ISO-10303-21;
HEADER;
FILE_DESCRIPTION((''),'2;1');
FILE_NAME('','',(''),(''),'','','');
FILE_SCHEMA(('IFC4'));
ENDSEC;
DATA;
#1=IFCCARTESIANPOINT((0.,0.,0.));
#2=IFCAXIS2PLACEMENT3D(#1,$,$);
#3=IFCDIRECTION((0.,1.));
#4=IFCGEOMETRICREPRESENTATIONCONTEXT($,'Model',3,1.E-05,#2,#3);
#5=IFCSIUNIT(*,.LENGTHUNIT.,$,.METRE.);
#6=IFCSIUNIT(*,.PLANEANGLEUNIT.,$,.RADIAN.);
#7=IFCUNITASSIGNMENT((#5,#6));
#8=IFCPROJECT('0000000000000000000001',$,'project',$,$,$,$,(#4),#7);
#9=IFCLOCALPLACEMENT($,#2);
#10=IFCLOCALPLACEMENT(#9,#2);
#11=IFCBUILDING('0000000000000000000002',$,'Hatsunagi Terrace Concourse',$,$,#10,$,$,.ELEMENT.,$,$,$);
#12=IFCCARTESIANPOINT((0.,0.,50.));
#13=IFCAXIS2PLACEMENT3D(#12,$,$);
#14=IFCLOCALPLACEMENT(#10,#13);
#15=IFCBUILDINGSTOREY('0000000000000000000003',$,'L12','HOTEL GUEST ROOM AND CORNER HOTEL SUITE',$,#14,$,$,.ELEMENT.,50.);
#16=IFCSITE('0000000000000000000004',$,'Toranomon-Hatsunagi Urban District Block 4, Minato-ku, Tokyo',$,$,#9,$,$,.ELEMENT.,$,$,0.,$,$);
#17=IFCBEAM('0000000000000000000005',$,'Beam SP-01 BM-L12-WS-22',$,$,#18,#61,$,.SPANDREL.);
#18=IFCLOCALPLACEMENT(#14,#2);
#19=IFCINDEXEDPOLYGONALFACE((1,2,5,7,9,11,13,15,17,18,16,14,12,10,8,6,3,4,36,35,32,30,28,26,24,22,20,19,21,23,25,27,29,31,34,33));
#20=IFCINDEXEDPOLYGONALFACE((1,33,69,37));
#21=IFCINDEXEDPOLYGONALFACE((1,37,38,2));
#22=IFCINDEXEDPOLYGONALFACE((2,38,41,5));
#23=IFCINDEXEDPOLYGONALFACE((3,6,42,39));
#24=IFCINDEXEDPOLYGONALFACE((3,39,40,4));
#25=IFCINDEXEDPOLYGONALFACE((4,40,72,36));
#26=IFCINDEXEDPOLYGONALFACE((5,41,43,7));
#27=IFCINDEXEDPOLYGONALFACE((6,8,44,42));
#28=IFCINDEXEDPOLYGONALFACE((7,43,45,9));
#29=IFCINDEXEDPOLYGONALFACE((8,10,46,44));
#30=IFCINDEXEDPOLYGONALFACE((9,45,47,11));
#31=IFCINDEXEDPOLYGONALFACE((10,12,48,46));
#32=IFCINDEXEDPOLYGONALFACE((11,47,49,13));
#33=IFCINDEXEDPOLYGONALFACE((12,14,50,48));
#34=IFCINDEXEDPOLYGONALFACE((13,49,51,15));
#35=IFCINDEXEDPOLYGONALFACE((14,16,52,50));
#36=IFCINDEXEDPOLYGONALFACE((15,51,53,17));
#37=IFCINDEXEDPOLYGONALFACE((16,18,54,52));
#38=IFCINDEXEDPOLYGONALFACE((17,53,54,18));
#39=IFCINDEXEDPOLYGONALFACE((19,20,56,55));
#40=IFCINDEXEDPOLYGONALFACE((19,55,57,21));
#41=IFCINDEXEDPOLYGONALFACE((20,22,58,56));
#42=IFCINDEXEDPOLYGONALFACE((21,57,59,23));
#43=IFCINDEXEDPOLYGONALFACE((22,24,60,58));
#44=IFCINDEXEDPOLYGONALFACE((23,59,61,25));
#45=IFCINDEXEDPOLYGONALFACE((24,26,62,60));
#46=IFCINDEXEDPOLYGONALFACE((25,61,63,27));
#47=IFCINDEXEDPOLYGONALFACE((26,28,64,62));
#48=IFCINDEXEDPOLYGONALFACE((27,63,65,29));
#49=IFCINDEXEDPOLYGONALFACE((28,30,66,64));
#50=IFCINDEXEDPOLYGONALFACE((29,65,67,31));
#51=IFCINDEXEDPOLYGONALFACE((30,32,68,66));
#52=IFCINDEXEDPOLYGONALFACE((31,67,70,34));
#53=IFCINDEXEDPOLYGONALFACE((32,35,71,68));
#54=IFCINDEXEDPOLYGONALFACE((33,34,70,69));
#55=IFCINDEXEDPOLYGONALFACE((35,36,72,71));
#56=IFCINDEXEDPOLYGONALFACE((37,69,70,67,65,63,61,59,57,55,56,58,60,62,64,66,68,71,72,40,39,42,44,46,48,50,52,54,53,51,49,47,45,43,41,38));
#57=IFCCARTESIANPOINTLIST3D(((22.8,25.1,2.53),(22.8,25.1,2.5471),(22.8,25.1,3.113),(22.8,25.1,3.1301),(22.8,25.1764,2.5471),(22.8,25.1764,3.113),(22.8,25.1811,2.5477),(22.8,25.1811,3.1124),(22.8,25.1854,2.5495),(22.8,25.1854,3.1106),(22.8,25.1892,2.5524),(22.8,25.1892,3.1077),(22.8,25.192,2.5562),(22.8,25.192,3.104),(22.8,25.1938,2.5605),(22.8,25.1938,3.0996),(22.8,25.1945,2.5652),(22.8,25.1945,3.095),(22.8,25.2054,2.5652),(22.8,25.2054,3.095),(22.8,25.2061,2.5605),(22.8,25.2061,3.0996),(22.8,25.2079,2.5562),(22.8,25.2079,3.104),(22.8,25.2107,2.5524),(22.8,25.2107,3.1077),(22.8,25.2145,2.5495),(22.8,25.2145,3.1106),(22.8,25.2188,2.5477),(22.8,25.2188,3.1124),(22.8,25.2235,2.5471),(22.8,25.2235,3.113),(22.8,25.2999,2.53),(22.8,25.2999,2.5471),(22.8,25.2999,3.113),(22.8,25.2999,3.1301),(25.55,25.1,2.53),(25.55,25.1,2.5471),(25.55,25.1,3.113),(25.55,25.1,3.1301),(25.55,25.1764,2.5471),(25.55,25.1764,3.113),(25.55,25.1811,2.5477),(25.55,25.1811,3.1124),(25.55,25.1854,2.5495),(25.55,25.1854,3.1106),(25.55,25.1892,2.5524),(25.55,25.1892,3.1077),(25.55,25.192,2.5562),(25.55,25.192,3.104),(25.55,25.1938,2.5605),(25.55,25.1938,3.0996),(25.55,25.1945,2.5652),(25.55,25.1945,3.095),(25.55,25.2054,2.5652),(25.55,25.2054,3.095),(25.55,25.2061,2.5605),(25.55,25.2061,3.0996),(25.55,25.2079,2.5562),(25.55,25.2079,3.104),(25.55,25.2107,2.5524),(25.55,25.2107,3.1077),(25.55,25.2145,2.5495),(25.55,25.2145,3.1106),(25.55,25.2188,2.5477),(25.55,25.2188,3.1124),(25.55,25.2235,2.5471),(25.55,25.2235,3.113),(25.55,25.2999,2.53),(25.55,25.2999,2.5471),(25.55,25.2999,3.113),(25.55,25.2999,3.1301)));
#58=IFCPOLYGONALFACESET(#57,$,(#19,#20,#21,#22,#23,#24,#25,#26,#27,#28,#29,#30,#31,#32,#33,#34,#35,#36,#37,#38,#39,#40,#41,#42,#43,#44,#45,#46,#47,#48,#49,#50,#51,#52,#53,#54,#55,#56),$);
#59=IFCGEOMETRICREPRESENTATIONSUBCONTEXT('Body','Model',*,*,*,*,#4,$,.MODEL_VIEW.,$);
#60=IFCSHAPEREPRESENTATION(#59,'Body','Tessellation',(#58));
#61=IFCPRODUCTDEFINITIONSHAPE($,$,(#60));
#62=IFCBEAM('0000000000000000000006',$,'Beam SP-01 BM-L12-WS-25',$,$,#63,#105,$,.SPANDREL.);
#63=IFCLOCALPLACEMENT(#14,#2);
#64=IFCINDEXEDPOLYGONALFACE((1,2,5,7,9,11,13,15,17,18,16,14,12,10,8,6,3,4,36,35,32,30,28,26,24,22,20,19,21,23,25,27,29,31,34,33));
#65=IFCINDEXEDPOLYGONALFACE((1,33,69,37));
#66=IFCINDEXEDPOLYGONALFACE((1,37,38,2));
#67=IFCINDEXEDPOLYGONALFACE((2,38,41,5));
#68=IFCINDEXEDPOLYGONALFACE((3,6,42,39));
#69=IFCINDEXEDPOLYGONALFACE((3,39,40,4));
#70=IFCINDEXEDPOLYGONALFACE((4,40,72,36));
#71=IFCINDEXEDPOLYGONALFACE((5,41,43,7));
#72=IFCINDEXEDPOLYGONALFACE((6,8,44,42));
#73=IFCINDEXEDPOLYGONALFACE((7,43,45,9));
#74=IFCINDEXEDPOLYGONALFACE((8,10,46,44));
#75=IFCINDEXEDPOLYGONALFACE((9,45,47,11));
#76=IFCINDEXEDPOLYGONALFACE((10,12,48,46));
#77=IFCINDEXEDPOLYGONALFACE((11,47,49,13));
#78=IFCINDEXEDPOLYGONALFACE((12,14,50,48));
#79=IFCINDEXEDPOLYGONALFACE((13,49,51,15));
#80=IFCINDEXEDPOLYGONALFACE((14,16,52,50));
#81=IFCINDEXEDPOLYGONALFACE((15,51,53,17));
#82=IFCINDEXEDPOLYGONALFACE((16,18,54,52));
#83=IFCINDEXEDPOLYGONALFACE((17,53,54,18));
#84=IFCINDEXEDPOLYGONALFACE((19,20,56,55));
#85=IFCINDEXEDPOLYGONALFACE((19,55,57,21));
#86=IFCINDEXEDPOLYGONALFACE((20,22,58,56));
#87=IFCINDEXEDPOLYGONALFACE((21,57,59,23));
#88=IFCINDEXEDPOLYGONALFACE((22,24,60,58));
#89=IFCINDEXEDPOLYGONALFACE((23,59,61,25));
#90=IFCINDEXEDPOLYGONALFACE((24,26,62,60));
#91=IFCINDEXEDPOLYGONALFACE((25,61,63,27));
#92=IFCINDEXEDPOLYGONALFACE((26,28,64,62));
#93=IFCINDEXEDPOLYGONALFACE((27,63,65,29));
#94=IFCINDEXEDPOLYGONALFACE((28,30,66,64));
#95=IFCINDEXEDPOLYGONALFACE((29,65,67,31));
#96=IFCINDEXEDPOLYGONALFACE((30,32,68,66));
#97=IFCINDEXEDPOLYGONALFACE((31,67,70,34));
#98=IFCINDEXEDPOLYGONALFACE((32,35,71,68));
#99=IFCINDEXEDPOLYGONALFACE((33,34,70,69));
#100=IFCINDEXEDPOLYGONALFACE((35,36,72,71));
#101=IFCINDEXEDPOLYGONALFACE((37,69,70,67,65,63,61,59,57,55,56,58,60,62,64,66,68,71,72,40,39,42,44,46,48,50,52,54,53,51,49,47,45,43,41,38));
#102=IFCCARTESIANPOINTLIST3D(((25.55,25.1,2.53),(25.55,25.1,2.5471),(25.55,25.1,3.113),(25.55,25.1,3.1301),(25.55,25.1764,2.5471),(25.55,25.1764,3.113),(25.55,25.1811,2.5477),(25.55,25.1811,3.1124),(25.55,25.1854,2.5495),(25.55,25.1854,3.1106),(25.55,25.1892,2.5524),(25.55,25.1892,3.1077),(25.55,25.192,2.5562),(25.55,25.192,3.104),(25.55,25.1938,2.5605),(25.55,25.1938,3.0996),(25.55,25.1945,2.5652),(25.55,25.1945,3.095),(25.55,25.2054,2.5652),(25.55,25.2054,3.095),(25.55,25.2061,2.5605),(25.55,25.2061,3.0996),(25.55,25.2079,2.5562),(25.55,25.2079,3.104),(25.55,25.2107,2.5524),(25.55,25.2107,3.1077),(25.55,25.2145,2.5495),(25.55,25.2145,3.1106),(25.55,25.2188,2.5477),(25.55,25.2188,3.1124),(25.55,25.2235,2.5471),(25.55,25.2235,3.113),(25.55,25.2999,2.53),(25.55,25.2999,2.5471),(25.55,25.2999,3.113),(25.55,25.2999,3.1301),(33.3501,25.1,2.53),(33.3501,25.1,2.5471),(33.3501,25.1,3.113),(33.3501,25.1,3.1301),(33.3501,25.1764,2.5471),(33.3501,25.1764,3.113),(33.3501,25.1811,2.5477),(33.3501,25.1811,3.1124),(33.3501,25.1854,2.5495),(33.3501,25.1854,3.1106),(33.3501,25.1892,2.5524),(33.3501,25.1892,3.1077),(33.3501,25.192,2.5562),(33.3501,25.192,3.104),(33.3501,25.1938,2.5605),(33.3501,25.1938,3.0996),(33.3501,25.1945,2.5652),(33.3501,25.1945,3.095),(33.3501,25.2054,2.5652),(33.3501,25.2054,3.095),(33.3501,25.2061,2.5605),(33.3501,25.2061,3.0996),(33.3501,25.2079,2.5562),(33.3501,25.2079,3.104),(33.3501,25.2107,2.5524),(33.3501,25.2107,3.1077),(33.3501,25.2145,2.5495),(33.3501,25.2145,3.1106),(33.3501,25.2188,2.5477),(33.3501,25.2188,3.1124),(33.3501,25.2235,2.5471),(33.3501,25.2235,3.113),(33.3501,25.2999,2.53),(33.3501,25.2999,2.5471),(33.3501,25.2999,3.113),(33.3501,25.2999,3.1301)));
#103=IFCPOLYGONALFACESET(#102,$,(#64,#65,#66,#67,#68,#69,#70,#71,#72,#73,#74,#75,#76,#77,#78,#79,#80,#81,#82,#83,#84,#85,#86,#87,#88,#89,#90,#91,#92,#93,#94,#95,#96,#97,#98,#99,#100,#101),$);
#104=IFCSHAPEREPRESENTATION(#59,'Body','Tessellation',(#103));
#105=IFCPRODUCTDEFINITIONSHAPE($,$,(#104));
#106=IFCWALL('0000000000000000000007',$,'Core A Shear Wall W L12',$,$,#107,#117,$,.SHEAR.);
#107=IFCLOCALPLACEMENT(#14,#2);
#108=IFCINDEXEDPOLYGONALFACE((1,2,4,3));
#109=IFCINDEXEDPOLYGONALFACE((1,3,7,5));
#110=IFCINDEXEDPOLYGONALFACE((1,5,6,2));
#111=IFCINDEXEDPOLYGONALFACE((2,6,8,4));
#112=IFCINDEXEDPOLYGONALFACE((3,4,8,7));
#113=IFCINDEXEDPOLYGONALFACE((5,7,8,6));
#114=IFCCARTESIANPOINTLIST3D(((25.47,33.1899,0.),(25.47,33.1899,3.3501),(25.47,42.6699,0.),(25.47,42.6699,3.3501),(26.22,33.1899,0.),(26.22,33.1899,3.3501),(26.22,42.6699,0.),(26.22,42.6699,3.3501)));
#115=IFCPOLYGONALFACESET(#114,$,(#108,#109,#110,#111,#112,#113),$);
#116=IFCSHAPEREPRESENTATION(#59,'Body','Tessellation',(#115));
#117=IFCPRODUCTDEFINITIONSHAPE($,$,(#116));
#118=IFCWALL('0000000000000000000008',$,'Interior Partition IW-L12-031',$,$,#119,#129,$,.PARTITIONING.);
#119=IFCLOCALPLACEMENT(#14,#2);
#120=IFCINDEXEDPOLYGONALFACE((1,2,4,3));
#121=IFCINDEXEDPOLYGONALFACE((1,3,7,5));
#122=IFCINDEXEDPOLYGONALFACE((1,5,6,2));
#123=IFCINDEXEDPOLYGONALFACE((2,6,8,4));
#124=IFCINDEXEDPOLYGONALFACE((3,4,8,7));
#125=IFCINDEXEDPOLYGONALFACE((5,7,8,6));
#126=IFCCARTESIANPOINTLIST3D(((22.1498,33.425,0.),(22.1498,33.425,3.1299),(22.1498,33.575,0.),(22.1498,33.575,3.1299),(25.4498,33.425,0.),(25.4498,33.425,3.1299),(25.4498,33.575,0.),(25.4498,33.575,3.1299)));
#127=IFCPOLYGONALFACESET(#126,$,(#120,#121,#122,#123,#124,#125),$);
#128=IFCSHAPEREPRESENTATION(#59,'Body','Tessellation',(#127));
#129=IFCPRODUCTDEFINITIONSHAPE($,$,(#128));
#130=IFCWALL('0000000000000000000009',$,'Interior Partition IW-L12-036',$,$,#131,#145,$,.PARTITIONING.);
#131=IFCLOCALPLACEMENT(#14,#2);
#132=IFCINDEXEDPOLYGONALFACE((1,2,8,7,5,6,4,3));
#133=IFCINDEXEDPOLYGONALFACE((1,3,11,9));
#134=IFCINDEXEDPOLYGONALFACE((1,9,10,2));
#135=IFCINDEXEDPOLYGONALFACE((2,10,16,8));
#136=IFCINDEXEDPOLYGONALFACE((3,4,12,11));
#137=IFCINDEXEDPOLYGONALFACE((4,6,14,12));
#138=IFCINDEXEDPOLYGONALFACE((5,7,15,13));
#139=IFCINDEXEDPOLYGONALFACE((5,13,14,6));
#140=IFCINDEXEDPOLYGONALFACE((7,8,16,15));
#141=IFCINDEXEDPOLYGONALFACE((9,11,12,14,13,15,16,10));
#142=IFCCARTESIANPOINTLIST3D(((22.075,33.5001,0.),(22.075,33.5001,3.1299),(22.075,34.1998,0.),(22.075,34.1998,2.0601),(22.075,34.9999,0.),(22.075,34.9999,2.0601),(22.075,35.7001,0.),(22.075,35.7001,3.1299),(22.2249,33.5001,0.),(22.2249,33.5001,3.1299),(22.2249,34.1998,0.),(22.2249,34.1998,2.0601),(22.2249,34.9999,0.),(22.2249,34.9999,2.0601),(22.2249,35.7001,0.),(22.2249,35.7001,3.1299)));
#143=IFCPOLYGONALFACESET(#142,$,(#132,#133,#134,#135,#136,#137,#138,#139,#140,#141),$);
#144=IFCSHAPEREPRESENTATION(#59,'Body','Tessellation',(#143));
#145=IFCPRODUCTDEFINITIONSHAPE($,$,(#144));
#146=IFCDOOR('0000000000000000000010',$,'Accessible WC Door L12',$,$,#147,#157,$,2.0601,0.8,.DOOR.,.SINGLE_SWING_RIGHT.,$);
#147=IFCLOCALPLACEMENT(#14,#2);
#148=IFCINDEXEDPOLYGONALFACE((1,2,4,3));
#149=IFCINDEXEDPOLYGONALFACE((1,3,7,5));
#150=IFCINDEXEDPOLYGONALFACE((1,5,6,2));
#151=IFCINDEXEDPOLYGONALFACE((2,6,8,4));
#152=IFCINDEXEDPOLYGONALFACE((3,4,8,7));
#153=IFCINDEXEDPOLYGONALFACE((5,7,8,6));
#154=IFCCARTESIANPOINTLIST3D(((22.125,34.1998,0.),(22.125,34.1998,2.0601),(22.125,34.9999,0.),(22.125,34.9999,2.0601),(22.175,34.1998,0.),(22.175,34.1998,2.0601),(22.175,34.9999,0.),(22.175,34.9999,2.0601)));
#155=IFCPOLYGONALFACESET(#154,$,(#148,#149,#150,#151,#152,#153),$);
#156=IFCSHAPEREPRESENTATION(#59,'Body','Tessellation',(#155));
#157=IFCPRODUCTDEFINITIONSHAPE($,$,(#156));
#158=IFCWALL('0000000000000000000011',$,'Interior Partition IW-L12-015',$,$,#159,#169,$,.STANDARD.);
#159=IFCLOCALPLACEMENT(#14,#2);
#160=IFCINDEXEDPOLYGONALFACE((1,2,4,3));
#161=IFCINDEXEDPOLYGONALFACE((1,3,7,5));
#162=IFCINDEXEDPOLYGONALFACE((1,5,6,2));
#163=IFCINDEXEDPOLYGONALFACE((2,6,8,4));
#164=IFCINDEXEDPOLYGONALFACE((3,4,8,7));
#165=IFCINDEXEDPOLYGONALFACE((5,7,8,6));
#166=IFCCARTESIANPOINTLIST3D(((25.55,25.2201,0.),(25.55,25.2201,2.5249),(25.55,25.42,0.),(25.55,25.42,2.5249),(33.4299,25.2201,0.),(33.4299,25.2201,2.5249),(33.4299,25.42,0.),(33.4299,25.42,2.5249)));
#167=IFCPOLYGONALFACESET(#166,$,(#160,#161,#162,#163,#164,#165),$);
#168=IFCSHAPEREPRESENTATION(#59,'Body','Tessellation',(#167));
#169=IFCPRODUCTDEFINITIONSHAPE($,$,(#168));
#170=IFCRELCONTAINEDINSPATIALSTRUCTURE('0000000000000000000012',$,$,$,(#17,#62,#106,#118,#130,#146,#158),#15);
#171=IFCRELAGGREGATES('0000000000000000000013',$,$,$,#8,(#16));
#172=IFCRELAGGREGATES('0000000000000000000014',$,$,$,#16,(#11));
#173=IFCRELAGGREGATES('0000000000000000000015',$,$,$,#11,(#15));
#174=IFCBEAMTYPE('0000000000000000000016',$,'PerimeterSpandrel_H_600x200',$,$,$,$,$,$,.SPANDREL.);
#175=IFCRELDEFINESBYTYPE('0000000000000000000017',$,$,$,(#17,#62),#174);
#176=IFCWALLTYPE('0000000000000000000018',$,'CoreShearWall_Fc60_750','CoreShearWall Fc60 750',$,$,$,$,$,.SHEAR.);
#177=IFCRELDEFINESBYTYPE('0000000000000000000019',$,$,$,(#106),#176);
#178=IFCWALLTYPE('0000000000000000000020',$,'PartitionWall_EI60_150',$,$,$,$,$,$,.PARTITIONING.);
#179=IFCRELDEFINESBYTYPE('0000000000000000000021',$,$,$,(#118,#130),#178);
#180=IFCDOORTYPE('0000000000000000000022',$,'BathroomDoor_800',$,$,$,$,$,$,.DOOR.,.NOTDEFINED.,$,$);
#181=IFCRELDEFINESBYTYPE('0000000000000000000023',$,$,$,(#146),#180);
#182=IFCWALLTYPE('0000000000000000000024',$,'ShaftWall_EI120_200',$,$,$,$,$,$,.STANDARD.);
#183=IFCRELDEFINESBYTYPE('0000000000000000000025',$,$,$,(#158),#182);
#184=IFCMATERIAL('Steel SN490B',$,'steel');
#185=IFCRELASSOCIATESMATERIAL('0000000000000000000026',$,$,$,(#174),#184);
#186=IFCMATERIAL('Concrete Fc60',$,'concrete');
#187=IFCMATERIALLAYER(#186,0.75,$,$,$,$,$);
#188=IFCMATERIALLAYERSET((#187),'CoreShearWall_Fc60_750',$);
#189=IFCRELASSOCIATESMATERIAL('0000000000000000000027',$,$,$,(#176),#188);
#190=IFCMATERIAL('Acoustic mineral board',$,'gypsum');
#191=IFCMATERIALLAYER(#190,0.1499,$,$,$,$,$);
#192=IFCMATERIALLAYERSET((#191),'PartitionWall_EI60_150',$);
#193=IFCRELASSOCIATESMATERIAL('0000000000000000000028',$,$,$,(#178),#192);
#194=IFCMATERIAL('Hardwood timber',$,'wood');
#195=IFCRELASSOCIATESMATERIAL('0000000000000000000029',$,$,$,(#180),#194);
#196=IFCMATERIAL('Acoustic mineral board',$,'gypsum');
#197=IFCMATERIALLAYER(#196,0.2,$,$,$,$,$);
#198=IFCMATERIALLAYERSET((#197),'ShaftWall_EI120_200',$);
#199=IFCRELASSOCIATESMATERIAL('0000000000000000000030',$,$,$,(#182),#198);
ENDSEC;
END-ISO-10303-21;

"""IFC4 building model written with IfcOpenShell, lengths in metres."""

from ifc_helpers import new_model, si_unit, direction, frame, frame_2d, origin, origin_2d, place, context, subcontext, project, spatial, rectangle, i_section, extrude, material, layer, layer_set, material_profile, profile_set, type_object, element, fill, save


model = new_model("IFC4")

# Units and contexts
model_context = context("Model", 3, precision=1e-05, world=origin(), true_north=direction((0.0, 1.0)))
body_context = subcontext(model_context, "Body", "Model", "MODEL_VIEW")
ifc_project = project(units=[si_unit("LENGTHUNIT", "METRE"), si_unit("PLANEANGLEUNIT", "RADIAN")], contexts=[model_context])

# Site, building, storey
site_placement = place(None, origin())
site = spatial("IfcSite", under=ifc_project, at=site_placement, Name="Toranomon-Hatsunagi Urban District Block 4, Minato-ku, Tokyo", CompositionType="ELEMENT", RefElevation=0.0)
building_placement = place(site_placement, origin())
building = spatial("IfcBuilding", under=site, at=building_placement, Name="Hatsunagi Terrace Concourse", CompositionType="ELEMENT")
storey_placement = place(building_placement, frame((0.0, 0.0, 50.0)))
storey = spatial("IfcBuildingStorey", under=building, at=storey_placement, Name="L12", Description="HOTEL GUEST ROOM AND CORNER HOTEL SUITE", CompositionType="ELEMENT", Elevation=50.0)

# Beams
ifc_material_1 = material(Name="Steel SN490B", Category="steel")
ifc_material_profile_1 = material_profile(ifc_material_1, i_section(OverallWidth=0.2, OverallDepth=0.6001, WebThickness=0.011, FlangeThickness=0.0171, FilletRadius=0.0181, at=origin_2d()), Name="H-600x200x11x17")
ifc_profile_set_1 = profile_set([ifc_material_profile_1], Name="Steel SN490B")
beam_type_1 = type_object("IfcBeamType", Name="PerimeterSpandrel_H_600x200", PredefinedType="SPANDREL", material=ifc_profile_set_1)
beam_1_placement = place(storey_placement, frame((22.8, 25.2, 2.8301), z_axis=(1.0, 0.0, 0.0), x_axis=(0.0, 1.0, 0.0)))
element("IfcBeam", 1, at=beam_1_placement, inside=storey, type_object=beam_type_1, Name="Beam SP-01 BM-L12-WS-22", PredefinedType="SPANDREL", context=body_context, shape_type="SweptSolid", body=[
    extrude(i_section(OverallWidth=0.2, OverallDepth=0.6001, WebThickness=0.011, FlangeThickness=0.0171, FilletRadius=0.0181, at=origin_2d()), origin(), (0.0, 0.0, 1.0), 2.75),
])
beam_2_placement = place(storey_placement, frame((25.55, 25.2, 2.8301), z_axis=(1.0, 0.0, 0.0), x_axis=(0.0, 1.0, 0.0)))
element("IfcBeam", 2, at=beam_2_placement, inside=storey, type_object=beam_type_1, Name="Beam SP-01 BM-L12-WS-25", PredefinedType="SPANDREL", context=body_context, shape_type="SweptSolid", body=[
    extrude(i_section(OverallWidth=0.2, OverallDepth=0.6001, WebThickness=0.011, FlangeThickness=0.0171, FilletRadius=0.0181, at=origin_2d()), origin(), (0.0, 0.0, 1.0), 7.8),
])

# Shared definitions
ifc_material_2 = material(Name="Concrete Fc60", Category="concrete")
ifc_layer_1 = layer(ifc_material_2, 0.75)
ifc_layer_set_1 = layer_set([ifc_layer_1], Name="CoreShearWall_Fc60_750")
wall_type_1 = type_object("IfcWallType", Name="CoreShearWall_Fc60_750", Description="CoreShearWall Fc60 750", PredefinedType="SHEAR", material=ifc_layer_set_1)

# Walls
wall_1_placement = place(storey_placement, frame((25.845, 33.1899, 0.0), z_axis=(0.0, 0.0, 1.0), x_axis=(0.0, 1.0, 0.0)))
element("IfcWall", 3, at=wall_1_placement, inside=storey, type_object=wall_type_1, Name="Core A Shear Wall W L12", PredefinedType="SHEAR", context=body_context, shape_type="SweptSolid", body=[
    extrude(rectangle(XDim=9.48, YDim=0.75, at=frame_2d((4.74, 0.0))), origin(), (0.0, 0.0, 1.0), 3.3501),
])
ifc_material_3 = material(Name="Acoustic mineral board", Category="gypsum")
ifc_layer_2 = layer(ifc_material_3, 0.1499)
ifc_layer_set_2 = layer_set([ifc_layer_2], Name="PartitionWall_EI60_150")
wall_type_2 = type_object("IfcWallType", Name="PartitionWall_EI60_150", PredefinedType="PARTITIONING", material=ifc_layer_set_2)
wall_2_placement = place(storey_placement, frame((22.1499, 33.5, 0.0), z_axis=(0.0, 0.0, 1.0), x_axis=(1.0, 0.0, 0.0)))
element("IfcWall", 4, at=wall_2_placement, inside=storey, type_object=wall_type_2, Name="Interior Partition IW-L12-031", PredefinedType="PARTITIONING", context=body_context, shape_type="SweptSolid", body=[
    extrude(rectangle(XDim=3.3, YDim=0.1499, at=frame_2d((1.6499, 0.0))), origin(), (0.0, 0.0, 1.0), 3.1299),
])

# Wall, opening, door
wall_3_placement = place(storey_placement, frame((22.1499, 33.5, 0.0), z_axis=(0.0, 0.0, 1.0), x_axis=(0.0, 1.0, 0.0)))
wall_3 = element("IfcWall", 5, at=wall_3_placement, inside=storey, type_object=wall_type_2, Name="Interior Partition IW-L12-036", PredefinedType="PARTITIONING", context=body_context, shape_type="SweptSolid", body=[
    extrude(rectangle(XDim=2.2, YDim=0.1499, at=frame_2d((1.1001, 0.0))), origin(), (0.0, 0.0, 1.0), 3.1299),
])
opening_1_placement = place(wall_3_placement, frame((0.7, 0.0, 0.0)))
opening_1 = element("IfcOpeningElement", 6, at=opening_1_placement, cuts=wall_3, PredefinedType="OPENING", context=body_context, shape_type="SweptSolid", body=[
    extrude(rectangle(XDim=0.8, YDim=2.0601, at=frame_2d((0.3999, 1.03))), frame((0.0, 0.085, 0.0), z_axis=(0.0, -1.0, 0.0), x_axis=(1.0, 0.0, 0.0)), (0.0, 0.0, 1.0), 0.1699),
])
ifc_material_4 = material(Name="Hardwood timber", Category="wood")
door_type_1 = type_object("IfcDoorType", Name="BathroomDoor_800", OperationType="NOTDEFINED", PredefinedType="DOOR", material=ifc_material_4)
door_1_placement = place(opening_1_placement, origin())
door_1 = element("IfcDoor", 7, at=door_1_placement, inside=storey, type_object=door_type_1, Name="Accessible WC Door L12", OperationType="SINGLE_SWING_RIGHT", OverallHeight=2.0601, OverallWidth=0.8, PredefinedType="DOOR", context=body_context, shape_type="SweptSolid", body=[
    extrude(rectangle(XDim=0.8, YDim=2.0601, at=frame_2d((0.3999, 1.03))), frame((0.0, 0.0249, 0.0), z_axis=(0.0, -1.0, 0.0), x_axis=(1.0, 0.0, 0.0)), (0.0, 0.0, 1.0), 0.05),
])
fill(opening_1, door_1)

# Wall
ifc_material_5 = material(Name="Acoustic mineral board", Category="gypsum")
ifc_layer_3 = layer(ifc_material_5, 0.2)
ifc_layer_set_3 = layer_set([ifc_layer_3], Name="ShaftWall_EI120_200")
wall_type_3 = type_object("IfcWallType", Name="ShaftWall_EI120_200", PredefinedType="STANDARD", material=ifc_layer_set_3)
wall_4_placement = place(storey_placement, frame((25.55, 25.3201, 0.0), z_axis=(0.0, 0.0, 1.0), x_axis=(1.0, 0.0, 0.0)))
element("IfcWall", 8, at=wall_4_placement, inside=storey, type_object=wall_type_3, Name="Interior Partition IW-L12-015", PredefinedType="STANDARD", context=body_context, shape_type="SweptSolid", body=[
    extrude(rectangle(XDim=7.8799, YDim=0.2, at=frame_2d((3.9399, 0.0))), origin(), (0.0, 0.0, 1.0), 2.5249),
])

save(model, "model.ifc")
